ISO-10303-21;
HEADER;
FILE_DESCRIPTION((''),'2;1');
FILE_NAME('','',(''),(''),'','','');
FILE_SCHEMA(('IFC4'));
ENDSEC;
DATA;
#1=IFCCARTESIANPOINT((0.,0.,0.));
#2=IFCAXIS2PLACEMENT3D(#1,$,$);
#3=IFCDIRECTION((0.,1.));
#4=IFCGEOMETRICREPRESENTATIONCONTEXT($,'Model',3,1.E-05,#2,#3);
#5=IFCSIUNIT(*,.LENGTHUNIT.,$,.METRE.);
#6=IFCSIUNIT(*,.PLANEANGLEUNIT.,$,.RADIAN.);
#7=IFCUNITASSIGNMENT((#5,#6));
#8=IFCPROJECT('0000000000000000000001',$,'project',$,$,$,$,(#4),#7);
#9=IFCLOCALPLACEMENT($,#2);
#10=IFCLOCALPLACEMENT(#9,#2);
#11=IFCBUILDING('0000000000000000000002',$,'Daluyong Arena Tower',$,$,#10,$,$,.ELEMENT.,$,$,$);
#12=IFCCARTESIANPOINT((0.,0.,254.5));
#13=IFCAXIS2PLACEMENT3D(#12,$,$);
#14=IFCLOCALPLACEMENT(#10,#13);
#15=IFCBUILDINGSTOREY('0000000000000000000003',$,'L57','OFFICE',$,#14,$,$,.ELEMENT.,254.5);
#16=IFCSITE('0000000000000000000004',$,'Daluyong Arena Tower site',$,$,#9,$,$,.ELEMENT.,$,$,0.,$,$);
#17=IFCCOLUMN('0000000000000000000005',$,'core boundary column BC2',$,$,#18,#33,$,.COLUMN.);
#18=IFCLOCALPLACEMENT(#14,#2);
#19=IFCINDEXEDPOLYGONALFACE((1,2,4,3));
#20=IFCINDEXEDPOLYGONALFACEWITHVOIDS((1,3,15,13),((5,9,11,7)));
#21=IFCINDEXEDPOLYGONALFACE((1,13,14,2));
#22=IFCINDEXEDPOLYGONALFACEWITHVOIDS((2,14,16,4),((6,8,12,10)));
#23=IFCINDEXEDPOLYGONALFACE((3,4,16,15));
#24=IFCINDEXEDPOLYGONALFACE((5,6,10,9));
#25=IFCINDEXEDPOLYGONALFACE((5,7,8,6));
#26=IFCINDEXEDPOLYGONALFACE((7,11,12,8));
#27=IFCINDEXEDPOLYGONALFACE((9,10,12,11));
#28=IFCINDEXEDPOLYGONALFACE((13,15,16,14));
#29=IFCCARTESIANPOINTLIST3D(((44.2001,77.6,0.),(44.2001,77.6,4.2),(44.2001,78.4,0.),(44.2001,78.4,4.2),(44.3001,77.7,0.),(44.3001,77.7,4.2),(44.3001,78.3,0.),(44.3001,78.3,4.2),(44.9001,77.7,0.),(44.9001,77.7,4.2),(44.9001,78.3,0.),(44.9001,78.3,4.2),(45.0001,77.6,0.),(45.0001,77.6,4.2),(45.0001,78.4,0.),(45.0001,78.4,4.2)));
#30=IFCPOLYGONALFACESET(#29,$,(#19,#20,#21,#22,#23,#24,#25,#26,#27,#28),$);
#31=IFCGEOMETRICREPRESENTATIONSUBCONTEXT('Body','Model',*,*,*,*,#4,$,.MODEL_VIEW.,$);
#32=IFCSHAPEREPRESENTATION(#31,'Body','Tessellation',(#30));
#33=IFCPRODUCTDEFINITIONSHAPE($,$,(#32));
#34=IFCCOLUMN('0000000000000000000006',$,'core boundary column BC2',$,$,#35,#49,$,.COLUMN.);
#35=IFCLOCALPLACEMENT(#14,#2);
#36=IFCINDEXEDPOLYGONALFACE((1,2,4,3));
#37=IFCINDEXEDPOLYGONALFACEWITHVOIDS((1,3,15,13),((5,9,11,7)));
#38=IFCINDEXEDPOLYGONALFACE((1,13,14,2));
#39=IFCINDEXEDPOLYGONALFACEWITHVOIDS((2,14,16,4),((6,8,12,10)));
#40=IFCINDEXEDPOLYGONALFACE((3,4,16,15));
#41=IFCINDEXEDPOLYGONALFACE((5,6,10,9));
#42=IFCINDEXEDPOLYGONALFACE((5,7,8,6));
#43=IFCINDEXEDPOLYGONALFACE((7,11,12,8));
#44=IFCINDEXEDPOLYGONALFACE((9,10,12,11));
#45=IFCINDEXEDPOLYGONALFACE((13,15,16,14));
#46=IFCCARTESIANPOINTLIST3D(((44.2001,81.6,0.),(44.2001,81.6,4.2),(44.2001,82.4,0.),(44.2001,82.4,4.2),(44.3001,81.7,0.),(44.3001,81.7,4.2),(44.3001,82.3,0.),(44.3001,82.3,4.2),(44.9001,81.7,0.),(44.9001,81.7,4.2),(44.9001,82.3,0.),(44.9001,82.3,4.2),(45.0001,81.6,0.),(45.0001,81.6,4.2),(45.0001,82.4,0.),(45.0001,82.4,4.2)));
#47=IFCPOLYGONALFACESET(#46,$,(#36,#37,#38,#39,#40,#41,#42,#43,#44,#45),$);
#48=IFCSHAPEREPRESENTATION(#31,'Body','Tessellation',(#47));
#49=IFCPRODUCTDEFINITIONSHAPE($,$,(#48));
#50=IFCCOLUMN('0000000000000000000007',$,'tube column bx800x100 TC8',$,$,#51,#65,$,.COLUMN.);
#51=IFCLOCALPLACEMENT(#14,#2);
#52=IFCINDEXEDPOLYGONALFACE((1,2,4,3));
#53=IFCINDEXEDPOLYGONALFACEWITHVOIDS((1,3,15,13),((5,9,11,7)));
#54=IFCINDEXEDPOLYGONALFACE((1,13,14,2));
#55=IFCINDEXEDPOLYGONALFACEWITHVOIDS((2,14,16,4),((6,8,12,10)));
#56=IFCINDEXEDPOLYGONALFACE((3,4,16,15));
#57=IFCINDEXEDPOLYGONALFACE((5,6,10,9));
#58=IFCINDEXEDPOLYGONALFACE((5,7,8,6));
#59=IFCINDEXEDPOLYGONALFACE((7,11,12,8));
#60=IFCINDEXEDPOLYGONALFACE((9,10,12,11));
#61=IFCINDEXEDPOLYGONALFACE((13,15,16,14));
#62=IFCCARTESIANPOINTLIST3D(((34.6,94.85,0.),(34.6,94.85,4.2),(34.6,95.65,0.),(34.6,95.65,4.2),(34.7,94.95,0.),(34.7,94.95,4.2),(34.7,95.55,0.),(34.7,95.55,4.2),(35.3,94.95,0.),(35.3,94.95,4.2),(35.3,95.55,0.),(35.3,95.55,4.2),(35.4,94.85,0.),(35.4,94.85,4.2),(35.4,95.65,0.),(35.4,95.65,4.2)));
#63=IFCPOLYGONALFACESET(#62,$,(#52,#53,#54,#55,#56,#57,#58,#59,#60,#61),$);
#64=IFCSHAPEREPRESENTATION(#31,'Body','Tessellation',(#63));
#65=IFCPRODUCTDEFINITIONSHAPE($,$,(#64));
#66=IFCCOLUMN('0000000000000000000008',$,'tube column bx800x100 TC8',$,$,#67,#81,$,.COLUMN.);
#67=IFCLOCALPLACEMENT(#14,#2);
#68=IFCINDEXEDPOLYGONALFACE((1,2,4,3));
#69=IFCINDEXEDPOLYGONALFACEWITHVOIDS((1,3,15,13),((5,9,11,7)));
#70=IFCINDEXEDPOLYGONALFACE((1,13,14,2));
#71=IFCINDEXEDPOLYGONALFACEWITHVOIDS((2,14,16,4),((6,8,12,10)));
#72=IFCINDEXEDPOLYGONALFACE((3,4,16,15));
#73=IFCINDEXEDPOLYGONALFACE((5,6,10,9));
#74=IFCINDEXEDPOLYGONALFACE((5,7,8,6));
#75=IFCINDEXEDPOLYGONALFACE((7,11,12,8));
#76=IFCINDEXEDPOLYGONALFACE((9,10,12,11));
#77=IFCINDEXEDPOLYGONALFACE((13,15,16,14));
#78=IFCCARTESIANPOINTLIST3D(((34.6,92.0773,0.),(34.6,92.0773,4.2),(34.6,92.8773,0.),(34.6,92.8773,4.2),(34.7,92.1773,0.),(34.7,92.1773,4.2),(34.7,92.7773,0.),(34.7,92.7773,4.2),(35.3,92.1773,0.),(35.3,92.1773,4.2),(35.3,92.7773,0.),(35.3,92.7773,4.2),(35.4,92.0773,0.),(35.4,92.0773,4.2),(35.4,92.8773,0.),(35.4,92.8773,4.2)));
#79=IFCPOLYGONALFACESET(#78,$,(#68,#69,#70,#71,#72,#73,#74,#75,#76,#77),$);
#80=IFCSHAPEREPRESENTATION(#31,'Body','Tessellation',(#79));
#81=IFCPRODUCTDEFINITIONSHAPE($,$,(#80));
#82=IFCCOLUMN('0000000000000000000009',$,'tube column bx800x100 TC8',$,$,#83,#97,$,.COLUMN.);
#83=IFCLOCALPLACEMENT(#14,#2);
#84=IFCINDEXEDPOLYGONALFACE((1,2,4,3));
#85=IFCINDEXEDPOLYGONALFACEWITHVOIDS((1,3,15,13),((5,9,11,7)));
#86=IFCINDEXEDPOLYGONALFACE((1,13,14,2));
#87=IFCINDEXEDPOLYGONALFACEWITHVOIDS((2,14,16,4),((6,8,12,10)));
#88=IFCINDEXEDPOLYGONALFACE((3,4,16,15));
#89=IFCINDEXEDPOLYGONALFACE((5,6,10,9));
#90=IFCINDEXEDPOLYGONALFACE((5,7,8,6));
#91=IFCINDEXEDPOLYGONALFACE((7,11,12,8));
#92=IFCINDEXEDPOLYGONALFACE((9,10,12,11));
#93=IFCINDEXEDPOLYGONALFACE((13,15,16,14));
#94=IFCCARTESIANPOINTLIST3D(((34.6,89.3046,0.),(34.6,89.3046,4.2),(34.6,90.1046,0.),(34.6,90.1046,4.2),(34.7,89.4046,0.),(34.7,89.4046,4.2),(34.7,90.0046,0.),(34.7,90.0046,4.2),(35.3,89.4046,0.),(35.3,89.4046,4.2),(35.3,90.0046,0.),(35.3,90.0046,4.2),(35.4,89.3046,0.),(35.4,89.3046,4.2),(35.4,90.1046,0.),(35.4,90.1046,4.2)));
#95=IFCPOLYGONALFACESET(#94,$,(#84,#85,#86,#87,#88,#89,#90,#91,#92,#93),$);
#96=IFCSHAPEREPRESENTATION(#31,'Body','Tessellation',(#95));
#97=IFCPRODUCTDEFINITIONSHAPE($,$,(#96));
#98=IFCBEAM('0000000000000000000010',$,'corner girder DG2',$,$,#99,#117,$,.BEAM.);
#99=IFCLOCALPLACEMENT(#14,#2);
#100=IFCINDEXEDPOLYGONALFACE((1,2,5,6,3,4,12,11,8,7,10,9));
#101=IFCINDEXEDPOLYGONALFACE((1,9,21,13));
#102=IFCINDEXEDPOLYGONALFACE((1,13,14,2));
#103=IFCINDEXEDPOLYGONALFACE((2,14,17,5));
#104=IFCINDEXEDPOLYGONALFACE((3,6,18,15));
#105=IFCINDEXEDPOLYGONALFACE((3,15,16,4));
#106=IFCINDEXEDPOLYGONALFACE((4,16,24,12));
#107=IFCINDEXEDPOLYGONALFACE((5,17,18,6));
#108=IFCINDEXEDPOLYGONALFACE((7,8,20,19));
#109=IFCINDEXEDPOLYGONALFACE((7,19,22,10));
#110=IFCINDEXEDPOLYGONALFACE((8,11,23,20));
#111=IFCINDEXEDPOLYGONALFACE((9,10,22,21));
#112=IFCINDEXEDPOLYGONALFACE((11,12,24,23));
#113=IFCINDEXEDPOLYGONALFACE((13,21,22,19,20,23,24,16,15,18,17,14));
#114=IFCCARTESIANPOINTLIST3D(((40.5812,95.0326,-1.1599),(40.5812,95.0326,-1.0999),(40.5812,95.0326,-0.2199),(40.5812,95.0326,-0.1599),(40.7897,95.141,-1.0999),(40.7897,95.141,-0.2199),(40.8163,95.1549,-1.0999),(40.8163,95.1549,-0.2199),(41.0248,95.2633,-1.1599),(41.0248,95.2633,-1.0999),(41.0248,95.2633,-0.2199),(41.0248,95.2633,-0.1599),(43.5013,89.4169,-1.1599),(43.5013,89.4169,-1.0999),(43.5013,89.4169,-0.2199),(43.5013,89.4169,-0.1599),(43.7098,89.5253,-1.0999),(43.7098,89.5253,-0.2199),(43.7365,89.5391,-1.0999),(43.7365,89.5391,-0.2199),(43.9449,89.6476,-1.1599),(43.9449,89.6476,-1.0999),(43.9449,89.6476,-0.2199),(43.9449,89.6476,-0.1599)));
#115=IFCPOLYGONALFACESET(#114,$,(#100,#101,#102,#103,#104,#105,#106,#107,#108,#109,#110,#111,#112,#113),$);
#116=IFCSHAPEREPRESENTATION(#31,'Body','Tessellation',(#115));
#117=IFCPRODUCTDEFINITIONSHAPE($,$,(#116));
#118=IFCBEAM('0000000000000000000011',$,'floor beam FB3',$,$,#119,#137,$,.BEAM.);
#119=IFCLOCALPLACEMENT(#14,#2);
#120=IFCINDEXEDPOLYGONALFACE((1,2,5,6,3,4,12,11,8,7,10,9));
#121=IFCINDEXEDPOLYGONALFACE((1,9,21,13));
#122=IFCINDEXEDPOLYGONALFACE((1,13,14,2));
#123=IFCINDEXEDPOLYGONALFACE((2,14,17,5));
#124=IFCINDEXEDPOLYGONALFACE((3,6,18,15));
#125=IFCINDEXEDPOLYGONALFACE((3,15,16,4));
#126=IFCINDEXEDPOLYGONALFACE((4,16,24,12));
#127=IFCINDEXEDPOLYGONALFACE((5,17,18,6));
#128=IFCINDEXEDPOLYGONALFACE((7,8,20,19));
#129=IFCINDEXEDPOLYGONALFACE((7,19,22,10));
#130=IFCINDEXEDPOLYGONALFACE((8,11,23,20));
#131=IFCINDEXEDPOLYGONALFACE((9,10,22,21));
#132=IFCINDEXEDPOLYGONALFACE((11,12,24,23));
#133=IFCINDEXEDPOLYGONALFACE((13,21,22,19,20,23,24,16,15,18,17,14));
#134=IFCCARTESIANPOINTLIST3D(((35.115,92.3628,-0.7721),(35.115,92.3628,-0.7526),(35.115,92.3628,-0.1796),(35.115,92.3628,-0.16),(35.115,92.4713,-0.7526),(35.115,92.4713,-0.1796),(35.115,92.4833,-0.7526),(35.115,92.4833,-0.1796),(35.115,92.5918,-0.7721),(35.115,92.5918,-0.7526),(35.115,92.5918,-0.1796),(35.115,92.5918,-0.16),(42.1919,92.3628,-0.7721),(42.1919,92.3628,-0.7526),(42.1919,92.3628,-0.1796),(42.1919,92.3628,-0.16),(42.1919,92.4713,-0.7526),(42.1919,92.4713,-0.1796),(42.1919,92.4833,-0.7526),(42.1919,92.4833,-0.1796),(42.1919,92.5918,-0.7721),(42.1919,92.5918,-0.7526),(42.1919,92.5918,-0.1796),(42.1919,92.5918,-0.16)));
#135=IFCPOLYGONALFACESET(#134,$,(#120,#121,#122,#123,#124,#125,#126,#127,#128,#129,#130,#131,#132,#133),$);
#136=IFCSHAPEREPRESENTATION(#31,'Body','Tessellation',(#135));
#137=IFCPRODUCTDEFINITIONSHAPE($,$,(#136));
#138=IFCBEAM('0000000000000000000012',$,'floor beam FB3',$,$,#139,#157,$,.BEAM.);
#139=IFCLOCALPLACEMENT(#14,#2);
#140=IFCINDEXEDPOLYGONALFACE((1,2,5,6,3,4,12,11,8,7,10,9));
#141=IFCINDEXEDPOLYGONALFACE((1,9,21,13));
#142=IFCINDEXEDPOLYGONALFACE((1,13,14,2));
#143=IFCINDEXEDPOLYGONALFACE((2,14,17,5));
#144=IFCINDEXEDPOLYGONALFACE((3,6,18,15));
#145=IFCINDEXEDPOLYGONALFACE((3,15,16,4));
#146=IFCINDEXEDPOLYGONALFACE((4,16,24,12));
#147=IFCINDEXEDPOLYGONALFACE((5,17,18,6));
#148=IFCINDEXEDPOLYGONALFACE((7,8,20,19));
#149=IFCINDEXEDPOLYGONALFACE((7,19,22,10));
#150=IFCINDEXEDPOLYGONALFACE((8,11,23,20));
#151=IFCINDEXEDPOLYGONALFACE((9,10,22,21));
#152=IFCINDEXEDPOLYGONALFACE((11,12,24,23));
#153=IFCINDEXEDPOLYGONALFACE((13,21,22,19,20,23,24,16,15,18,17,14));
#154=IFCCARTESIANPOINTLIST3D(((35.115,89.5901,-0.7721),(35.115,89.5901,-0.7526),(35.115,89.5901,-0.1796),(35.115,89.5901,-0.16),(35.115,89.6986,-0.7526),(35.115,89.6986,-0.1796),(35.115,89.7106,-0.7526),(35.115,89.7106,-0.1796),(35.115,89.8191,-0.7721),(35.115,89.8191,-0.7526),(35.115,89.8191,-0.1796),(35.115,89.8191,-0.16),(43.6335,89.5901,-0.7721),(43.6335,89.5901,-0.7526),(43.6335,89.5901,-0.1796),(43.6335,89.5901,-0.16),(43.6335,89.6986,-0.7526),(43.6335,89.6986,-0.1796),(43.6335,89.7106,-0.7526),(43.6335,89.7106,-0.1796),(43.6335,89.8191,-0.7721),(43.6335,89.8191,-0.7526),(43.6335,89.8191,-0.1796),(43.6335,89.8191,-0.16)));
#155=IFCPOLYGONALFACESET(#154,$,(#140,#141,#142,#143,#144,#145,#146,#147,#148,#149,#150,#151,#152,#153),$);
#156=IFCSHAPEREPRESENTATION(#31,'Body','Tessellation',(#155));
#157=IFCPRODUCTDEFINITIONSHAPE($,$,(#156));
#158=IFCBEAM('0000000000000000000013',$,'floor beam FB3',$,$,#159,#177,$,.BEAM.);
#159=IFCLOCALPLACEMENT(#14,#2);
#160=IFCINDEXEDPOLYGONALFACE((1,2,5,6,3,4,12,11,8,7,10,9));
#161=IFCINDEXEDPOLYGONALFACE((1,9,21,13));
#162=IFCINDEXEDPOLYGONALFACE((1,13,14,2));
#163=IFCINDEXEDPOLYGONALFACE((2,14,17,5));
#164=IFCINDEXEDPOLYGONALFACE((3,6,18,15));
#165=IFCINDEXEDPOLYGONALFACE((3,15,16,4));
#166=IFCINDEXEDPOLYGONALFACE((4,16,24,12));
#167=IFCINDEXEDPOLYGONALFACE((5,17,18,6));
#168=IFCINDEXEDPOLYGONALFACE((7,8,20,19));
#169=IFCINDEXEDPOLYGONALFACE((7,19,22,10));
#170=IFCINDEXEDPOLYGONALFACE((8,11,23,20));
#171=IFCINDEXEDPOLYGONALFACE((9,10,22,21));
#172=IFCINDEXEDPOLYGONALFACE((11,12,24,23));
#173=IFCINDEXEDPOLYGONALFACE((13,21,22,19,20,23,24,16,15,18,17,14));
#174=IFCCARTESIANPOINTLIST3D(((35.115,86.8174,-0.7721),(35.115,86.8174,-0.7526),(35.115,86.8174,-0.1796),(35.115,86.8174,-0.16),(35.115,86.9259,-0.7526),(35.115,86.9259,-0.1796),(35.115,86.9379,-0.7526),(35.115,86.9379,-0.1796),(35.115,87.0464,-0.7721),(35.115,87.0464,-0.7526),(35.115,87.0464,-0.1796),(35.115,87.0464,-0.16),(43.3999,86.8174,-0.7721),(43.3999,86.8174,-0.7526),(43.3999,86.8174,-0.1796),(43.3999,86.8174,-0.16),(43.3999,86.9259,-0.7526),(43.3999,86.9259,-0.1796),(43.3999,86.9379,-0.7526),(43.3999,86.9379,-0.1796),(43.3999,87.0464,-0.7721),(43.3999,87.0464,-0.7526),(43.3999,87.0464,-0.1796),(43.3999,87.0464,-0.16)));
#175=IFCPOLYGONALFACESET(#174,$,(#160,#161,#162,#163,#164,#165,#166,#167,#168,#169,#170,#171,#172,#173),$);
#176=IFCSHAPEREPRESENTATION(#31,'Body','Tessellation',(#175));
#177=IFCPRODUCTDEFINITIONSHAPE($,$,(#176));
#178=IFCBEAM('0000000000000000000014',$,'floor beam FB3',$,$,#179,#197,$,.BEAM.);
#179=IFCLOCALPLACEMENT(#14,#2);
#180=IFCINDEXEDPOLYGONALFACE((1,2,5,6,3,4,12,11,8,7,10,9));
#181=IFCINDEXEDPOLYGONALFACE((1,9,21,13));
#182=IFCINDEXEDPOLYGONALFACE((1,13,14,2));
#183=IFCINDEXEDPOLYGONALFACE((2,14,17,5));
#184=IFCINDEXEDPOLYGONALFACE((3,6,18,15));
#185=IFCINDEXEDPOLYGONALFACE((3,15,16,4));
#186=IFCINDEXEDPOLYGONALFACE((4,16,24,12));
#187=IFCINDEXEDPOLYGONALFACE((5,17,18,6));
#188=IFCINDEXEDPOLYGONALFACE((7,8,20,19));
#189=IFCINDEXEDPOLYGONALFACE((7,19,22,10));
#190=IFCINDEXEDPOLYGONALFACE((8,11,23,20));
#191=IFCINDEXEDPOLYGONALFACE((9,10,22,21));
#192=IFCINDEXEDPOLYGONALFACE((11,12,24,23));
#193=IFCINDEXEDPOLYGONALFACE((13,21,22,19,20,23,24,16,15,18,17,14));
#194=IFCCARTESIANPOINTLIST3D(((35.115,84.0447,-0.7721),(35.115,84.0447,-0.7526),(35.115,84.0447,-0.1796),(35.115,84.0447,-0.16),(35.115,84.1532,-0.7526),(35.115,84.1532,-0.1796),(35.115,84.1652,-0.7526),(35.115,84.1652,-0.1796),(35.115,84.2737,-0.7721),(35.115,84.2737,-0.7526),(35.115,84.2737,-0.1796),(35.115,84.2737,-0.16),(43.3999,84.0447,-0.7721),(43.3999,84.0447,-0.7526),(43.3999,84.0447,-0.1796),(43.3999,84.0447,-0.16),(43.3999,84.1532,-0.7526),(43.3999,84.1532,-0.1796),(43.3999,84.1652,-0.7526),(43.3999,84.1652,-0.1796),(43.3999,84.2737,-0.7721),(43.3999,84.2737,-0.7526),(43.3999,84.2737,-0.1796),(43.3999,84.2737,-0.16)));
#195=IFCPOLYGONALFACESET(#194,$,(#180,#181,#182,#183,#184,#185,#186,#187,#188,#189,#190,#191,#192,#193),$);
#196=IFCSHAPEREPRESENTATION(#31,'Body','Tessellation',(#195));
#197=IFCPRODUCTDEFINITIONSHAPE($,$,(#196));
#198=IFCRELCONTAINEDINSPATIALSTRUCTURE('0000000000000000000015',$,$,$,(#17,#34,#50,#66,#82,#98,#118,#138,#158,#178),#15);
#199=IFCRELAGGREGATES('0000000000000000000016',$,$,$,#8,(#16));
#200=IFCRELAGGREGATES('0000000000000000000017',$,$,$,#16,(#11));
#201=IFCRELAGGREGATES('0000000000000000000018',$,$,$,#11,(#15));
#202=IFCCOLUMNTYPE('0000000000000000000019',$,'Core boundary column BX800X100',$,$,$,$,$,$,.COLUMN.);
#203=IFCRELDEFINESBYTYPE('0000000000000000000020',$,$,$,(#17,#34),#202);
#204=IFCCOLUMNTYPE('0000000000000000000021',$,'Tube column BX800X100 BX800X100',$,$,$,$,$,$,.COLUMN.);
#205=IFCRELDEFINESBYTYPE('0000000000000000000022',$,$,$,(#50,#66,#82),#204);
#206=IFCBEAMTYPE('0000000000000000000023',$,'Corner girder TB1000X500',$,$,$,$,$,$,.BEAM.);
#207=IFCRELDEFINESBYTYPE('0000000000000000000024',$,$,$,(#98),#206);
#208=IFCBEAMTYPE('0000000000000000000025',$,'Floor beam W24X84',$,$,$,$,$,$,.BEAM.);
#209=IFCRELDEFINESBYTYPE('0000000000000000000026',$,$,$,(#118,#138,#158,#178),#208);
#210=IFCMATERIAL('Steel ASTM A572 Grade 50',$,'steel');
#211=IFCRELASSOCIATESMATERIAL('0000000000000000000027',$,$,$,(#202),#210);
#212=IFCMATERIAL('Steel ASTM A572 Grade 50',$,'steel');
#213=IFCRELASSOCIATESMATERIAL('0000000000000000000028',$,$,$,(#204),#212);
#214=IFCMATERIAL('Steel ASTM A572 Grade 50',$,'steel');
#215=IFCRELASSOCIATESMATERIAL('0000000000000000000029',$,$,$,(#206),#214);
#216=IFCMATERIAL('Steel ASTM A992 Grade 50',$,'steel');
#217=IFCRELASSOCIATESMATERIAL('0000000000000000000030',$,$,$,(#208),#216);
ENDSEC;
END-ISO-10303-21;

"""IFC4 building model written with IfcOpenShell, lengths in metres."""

from ifc_helpers import new_model, si_unit, direction, frame, origin, origin_2d, place, context, subcontext, project, spatial, hollow_rectangle, i_section, extrude, material, material_profile, profile_set, type_object, element, save


model = new_model("IFC4")

# Units and contexts
model_context = context("Model", 3, precision=1e-05, world=origin(), true_north=direction((0.0, 1.0)))
body_context = subcontext(model_context, "Body", "Model", "MODEL_VIEW")
ifc_project = project(units=[si_unit("LENGTHUNIT", "METRE"), si_unit("PLANEANGLEUNIT", "RADIAN")], contexts=[model_context])

# Site, building, storey
site_placement = place(None, origin())
site = spatial("IfcSite", under=ifc_project, at=site_placement, Name="Daluyong Arena Tower site", CompositionType="ELEMENT", RefElevation=0.0)
building_placement = place(site_placement, origin())
building = spatial("IfcBuilding", under=site, at=building_placement, Name="Daluyong Arena Tower", CompositionType="ELEMENT")
storey_placement = place(building_placement, frame((0.0, 0.0, 254.5)))
storey = spatial("IfcBuildingStorey", under=building, at=storey_placement, Name="L57", Description="OFFICE", CompositionType="ELEMENT", Elevation=254.5)

# Columns
ifc_material_1 = material(Name="Steel ASTM A572 Grade 50", Category="steel")
ifc_material_profile_1 = material_profile(ifc_material_1, hollow_rectangle(XDim=0.8, YDim=0.8, WallThickness=0.1, at=origin_2d()))
ifc_profile_set_1 = profile_set([ifc_material_profile_1], Name="Steel ASTM A572 Grade 50")
column_type_1 = type_object("IfcColumnType", Name="Core boundary column BX800X100", PredefinedType="COLUMN", material=ifc_profile_set_1)
for number, where, z_axis, x_axis, name in (
    (1, (44.6001, 78.0, 0.0), (0.0, 0.0, 1.0), (1.0, 0.0, 0.0), "core boundary column BC2"),
    (2, (44.6001, 82.0, 0.0), (0.0, 0.0, 1.0), (1.0, 0.0, 0.0), "core boundary column BC2"),
):
    element("IfcColumn", number, at=place(storey_placement, frame(where, z_axis=z_axis, x_axis=x_axis)), inside=storey, type_object=column_type_1, Name=name, PredefinedType="COLUMN", context=body_context, shape_type="SweptSolid", body=[
        extrude(hollow_rectangle(XDim=0.8, YDim=0.8, WallThickness=0.1, at=origin_2d()), origin(), (0.0, 0.0, 1.0), 4.2),
    ])
ifc_material_2 = material(Name="Steel ASTM A572 Grade 50", Category="steel")
ifc_material_profile_2 = material_profile(ifc_material_2, hollow_rectangle(XDim=0.8, YDim=0.8, WallThickness=0.1, at=origin_2d()))
ifc_profile_set_2 = profile_set([ifc_material_profile_2], Name="Steel ASTM A572 Grade 50")
column_type_2 = type_object("IfcColumnType", Name="Tube column BX800X100 BX800X100", PredefinedType="COLUMN", material=ifc_profile_set_2)
for number, where, z_axis, x_axis, name in (
    (3, (35.0, 95.25, 0.0), (0.0, 0.0, 1.0), (0.0, 1.0, 0.0), "tube column bx800x100 TC8"),
    (4, (35.0, 92.4773, 0.0), (0.0, 0.0, 1.0), (0.0, 1.0, 0.0), "tube column bx800x100 TC8"),
    (5, (35.0, 89.7046, 0.0), (0.0, 0.0, 1.0), (0.0, 1.0, 0.0), "tube column bx800x100 TC8"),
):
    element("IfcColumn", number, at=place(storey_placement, frame(where, z_axis=z_axis, x_axis=x_axis)), inside=storey, type_object=column_type_2, Name=name, PredefinedType="COLUMN", context=body_context, shape_type="SweptSolid", body=[
        extrude(hollow_rectangle(XDim=0.8, YDim=0.8, WallThickness=0.1, at=origin_2d()), origin(), (0.0, 0.0, 1.0), 4.2),
    ])

# Beams
ifc_material_3 = material(Name="Steel ASTM A572 Grade 50", Category="steel")
ifc_material_profile_3 = material_profile(ifc_material_3, i_section(OverallWidth=0.5, OverallDepth=1.0, WebThickness=0.03, FlangeThickness=0.06, at=origin_2d()))
ifc_profile_set_3 = profile_set([ifc_material_profile_3], Name="Steel ASTM A572 Grade 50")
beam_type_1 = type_object("IfcBeamType", Name="Corner girder TB1000X500", PredefinedType="BEAM", material=ifc_profile_set_3)
beam_1_placement = place(storey_placement, frame((40.803, 95.1479, -0.6599), z_axis=(0.461352, -0.887217, 0.0), x_axis=(0.887217, 0.461352, 0.0)))
element("IfcBeam", 6, at=beam_1_placement, inside=storey, type_object=beam_type_1, Name="corner girder DG2", PredefinedType="BEAM", context=body_context, shape_type="SweptSolid", body=[
    extrude(i_section(OverallWidth=0.5, OverallDepth=1.0, WebThickness=0.03, FlangeThickness=0.06, at=origin_2d()), origin(), (0.0, 0.0, 1.0), 6.3296),
])
ifc_material_4 = material(Name="Steel ASTM A992 Grade 50", Category="steel")
ifc_material_profile_4 = material_profile(ifc_material_4, i_section(OverallWidth=0.229, OverallDepth=0.6121, WebThickness=0.012, FlangeThickness=0.0195, at=origin_2d()))
ifc_profile_set_4 = profile_set([ifc_material_profile_4], Name="Steel ASTM A992 Grade 50")
beam_type_2 = type_object("IfcBeamType", Name="Floor beam W24X84", PredefinedType="BEAM", material=ifc_profile_set_4)
beam_2_placement = place(storey_placement, frame((35.115, 92.4773, -0.4661), z_axis=(1.0, 0.0, 0.0), x_axis=(0.0, 1.0, 0.0)))
element("IfcBeam", 7, at=beam_2_placement, inside=storey, type_object=beam_type_2, Name="floor beam FB3", PredefinedType="BEAM", context=body_context, shape_type="SweptSolid", body=[
    extrude(i_section(OverallWidth=0.229, OverallDepth=0.6121, WebThickness=0.012, FlangeThickness=0.0195, at=origin_2d()), origin(), (0.0, 0.0, 1.0), 7.0769),
])
beam_3_placement = place(storey_placement, frame((35.115, 89.7046, -0.4661), z_axis=(1.0, 0.0, 0.0), x_axis=(0.0, 1.0, 0.0)))
element("IfcBeam", 8, at=beam_3_placement, inside=storey, type_object=beam_type_2, Name="floor beam FB3", PredefinedType="BEAM", context=body_context, shape_type="SweptSolid", body=[
    extrude(i_section(OverallWidth=0.229, OverallDepth=0.6121, WebThickness=0.012, FlangeThickness=0.0195, at=origin_2d()), origin(), (0.0, 0.0, 1.0), 8.5186),
])
for number, where, z_axis, x_axis, name in (
    (9, (35.115, 86.9319, -0.4661), (1.0, 0.0, 0.0), (0.0, 1.0, 0.0), "floor beam FB3"),
    (10, (35.115, 84.1592, -0.4661), (1.0, 0.0, 0.0), (0.0, 1.0, 0.0), "floor beam FB3"),
):
    element("IfcBeam", number, at=place(storey_placement, frame(where, z_axis=z_axis, x_axis=x_axis)), inside=storey, type_object=beam_type_2, Name=name, PredefinedType="BEAM", context=body_context, shape_type="SweptSolid", body=[
        extrude(i_section(OverallWidth=0.229, OverallDepth=0.6121, WebThickness=0.012, FlangeThickness=0.0195, at=origin_2d()), origin(), (0.0, 0.0, 1.0), 8.2849),
    ])

save(model, "model.ifc")
